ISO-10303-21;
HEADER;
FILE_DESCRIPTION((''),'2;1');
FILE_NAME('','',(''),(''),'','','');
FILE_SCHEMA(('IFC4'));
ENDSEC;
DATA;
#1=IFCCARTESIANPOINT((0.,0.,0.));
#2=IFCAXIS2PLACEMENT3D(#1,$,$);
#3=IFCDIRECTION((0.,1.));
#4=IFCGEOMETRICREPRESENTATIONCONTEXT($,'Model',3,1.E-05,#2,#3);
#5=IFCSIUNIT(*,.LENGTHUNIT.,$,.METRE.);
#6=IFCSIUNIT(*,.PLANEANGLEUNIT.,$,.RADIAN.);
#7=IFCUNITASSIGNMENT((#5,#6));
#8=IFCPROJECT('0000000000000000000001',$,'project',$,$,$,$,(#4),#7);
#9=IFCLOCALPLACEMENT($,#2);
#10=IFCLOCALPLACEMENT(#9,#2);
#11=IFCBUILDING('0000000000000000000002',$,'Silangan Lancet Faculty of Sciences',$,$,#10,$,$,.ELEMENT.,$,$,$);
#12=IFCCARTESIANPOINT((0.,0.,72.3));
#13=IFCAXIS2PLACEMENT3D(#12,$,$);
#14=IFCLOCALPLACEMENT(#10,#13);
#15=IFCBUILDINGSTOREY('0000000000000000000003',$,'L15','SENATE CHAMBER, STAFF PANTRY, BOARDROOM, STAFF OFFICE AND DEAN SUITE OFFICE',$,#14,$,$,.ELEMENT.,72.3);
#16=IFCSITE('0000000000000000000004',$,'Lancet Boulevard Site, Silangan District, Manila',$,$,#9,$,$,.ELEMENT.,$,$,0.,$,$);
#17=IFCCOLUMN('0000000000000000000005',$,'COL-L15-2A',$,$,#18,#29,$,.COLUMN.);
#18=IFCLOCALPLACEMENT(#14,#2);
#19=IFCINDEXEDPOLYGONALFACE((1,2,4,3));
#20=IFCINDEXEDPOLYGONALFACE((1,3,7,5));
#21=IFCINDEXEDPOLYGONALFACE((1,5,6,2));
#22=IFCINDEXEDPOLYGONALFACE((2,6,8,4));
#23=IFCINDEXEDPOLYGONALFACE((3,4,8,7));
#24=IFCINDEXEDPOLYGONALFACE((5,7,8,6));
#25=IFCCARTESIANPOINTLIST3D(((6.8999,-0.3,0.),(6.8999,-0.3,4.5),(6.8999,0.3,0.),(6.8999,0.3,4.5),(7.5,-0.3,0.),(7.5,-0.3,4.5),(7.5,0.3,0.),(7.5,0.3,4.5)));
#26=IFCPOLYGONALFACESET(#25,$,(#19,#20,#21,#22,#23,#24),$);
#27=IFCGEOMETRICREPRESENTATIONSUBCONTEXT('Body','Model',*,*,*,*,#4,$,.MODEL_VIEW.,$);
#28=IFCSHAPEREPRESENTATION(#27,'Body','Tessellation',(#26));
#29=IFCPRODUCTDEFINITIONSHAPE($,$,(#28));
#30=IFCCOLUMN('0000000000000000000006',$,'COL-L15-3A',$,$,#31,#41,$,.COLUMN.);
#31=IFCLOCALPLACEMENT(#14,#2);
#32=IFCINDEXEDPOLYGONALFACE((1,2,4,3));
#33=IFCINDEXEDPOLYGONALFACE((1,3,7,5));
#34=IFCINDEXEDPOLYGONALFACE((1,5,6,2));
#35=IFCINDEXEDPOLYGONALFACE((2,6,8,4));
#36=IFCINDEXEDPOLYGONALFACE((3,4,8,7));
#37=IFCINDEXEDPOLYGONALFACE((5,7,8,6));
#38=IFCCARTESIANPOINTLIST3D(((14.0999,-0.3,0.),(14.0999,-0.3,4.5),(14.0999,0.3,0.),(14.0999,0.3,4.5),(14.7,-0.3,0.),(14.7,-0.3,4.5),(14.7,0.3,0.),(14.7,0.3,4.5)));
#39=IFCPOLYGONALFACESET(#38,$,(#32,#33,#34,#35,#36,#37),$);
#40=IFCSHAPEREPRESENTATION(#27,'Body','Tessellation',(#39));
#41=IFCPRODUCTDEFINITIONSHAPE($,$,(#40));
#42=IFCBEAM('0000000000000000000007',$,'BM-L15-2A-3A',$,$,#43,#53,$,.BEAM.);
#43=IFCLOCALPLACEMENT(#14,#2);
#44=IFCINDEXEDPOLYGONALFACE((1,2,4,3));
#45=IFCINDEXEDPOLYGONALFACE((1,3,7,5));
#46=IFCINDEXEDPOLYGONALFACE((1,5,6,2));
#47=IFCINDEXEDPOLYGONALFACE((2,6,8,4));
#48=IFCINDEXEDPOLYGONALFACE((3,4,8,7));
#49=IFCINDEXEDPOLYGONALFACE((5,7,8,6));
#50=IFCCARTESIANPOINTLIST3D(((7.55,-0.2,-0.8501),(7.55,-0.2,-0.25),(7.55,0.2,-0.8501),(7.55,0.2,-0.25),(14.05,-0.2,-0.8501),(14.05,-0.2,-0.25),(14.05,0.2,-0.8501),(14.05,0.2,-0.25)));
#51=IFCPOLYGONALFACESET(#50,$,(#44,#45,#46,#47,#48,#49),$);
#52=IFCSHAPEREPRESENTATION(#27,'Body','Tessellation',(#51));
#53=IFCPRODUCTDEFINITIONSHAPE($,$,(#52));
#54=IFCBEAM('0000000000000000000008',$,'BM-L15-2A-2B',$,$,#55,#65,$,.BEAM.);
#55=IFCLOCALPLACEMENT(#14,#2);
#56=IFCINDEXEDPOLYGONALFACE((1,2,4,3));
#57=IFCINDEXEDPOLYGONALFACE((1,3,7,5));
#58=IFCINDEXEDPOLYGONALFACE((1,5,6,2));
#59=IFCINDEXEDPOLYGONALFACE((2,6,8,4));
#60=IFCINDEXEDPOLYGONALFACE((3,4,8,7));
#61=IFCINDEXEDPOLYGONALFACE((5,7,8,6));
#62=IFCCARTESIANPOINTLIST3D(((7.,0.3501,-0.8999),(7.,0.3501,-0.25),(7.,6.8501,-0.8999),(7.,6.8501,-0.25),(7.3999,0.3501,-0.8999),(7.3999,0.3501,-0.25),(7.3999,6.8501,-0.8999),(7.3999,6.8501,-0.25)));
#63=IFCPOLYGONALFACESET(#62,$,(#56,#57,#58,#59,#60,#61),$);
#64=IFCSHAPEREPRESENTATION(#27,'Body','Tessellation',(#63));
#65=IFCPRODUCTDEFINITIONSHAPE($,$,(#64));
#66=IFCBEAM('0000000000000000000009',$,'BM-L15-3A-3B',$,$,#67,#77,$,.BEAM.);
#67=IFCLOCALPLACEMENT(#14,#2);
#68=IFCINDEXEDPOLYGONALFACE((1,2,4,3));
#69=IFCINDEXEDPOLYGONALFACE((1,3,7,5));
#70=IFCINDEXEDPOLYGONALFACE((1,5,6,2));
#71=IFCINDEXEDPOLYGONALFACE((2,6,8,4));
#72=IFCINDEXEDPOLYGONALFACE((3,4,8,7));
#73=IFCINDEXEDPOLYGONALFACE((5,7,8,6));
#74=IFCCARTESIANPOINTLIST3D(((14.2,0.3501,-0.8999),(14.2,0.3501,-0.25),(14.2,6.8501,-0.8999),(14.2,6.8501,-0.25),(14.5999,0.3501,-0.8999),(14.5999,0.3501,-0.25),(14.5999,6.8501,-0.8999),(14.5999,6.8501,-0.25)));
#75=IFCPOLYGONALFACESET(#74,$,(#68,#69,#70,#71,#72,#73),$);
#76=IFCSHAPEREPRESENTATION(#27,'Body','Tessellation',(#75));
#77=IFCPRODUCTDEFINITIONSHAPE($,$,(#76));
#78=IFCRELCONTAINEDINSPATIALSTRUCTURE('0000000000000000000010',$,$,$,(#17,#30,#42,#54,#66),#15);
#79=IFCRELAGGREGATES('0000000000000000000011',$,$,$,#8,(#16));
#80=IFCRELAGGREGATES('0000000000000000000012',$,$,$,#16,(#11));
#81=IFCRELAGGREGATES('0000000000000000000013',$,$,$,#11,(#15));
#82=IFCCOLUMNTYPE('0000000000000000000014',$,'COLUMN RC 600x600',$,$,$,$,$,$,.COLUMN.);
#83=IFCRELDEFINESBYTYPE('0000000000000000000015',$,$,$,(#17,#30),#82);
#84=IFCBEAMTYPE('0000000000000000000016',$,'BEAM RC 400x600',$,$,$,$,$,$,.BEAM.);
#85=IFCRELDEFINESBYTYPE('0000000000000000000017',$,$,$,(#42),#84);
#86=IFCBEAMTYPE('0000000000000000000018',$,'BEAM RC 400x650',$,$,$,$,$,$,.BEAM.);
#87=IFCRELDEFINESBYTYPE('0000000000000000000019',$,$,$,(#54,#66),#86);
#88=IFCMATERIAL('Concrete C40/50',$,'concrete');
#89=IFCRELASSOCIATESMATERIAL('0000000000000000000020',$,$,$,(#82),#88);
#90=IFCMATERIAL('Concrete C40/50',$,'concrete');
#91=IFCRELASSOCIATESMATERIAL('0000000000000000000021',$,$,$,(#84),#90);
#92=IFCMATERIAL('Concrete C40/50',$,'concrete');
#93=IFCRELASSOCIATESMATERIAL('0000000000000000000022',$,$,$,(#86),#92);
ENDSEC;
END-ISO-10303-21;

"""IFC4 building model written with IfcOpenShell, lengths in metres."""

from ifc_helpers import new_model, si_unit, direction, frame, origin, origin_2d, place, context, subcontext, project, spatial, rectangle, extrude, material, material_profile, profile_set, type_object, element, save


model = new_model("IFC4")

# Units and contexts
model_context = context("Model", 3, precision=1e-05, world=origin(), true_north=direction((0.0, 1.0)))
body_context = subcontext(model_context, "Body", "Model", "MODEL_VIEW")
ifc_project = project(units=[si_unit("LENGTHUNIT", "METRE"), si_unit("PLANEANGLEUNIT", "RADIAN")], contexts=[model_context])

# Site, building, storey
site_placement = place(None, origin())
site = spatial("IfcSite", under=ifc_project, at=site_placement, Name="Lancet Boulevard Site, Silangan District, Manila", CompositionType="ELEMENT", RefElevation=0.0)
building_placement = place(site_placement, origin())
building = spatial("IfcBuilding", under=site, at=building_placement, Name="Silangan Lancet Faculty of Sciences", CompositionType="ELEMENT")
storey_placement = place(building_placement, frame((0.0, 0.0, 72.3)))
storey = spatial("IfcBuildingStorey", under=building, at=storey_placement, Name="L15", Description="SENATE CHAMBER, STAFF PANTRY, BOARDROOM, STAFF OFFICE AND DEAN SUITE OFFICE", CompositionType="ELEMENT", Elevation=72.3)

# Columns
ifc_material_1 = material(Name="Concrete C40/50", Category="concrete")
ifc_material_profile_1 = material_profile(ifc_material_1, rectangle(XDim=0.6001, YDim=0.6001, at=origin_2d()), Name="RC 600x600")
ifc_profile_set_1 = profile_set([ifc_material_profile_1], Name="Concrete C40/50")
column_type = type_object("IfcColumnType", Name="COLUMN RC 600x600", PredefinedType="COLUMN", material=ifc_profile_set_1)
for number, where, z_axis, x_axis, name in (
    (1, (7.2, 0.0, 0.0), (0.0, 0.0, 1.0), (1.0, 0.0, 0.0), "COL-L15-2A"),
    (2, (14.3999, 0.0, 0.0), (0.0, 0.0, 1.0), (1.0, 0.0, 0.0), "COL-L15-3A"),
):
    element("IfcColumn", number, at=place(storey_placement, frame(where, z_axis=z_axis, x_axis=x_axis)), inside=storey, type_object=column_type, Name=name, PredefinedType="COLUMN", context=body_context, shape_type="SweptSolid", body=[
        extrude(rectangle(XDim=0.6001, YDim=0.6001, at=origin_2d()), origin(), (0.0, 0.0, 1.0), 4.5),
    ])

# Beams
ifc_material_2 = material(Name="Concrete C40/50", Category="concrete")
ifc_material_profile_2 = material_profile(ifc_material_2, rectangle(XDim=0.3999, YDim=0.6001, at=origin_2d()), Name="RC 400x600")
ifc_profile_set_2 = profile_set([ifc_material_profile_2], Name="Concrete C40/50")
beam_type_1 = type_object("IfcBeamType", Name="BEAM RC 400x600", PredefinedType="BEAM", material=ifc_profile_set_2)
beam_placement = place(storey_placement, frame((7.55, 0.0, -0.55), z_axis=(1.0, 0.0, 0.0), x_axis=(0.0, 1.0, 0.0)))
element("IfcBeam", 3, at=beam_placement, inside=storey, type_object=beam_type_1, Name="BM-L15-2A-3A", PredefinedType="BEAM", context=body_context, shape_type="SweptSolid", body=[
    extrude(rectangle(XDim=0.3999, YDim=0.6001, at=origin_2d()), origin(), (0.0, 0.0, 1.0), 6.5),
])
ifc_material_3 = material(Name="Concrete C40/50", Category="concrete")
ifc_material_profile_3 = material_profile(ifc_material_3, rectangle(XDim=0.3999, YDim=0.6499, at=origin_2d()), Name="RC 400x650")
ifc_profile_set_3 = profile_set([ifc_material_profile_3], Name="Concrete C40/50")
beam_type_2 = type_object("IfcBeamType", Name="BEAM RC 400x650", PredefinedType="BEAM", material=ifc_profile_set_3)
for number, where, z_axis, x_axis, name in (
    (4, (7.2, 0.3501, -0.575), (0.0, 1.0, 0.0), (-1.0, 0.0, 0.0), "BM-L15-2A-2B"),
    (5, (14.3999, 0.3501, -0.575), (0.0, 1.0, 0.0), (-1.0, 0.0, 0.0), "BM-L15-3A-3B"),
):
    element("IfcBeam", number, at=place(storey_placement, frame(where, z_axis=z_axis, x_axis=x_axis)), inside=storey, type_object=beam_type_2, Name=name, PredefinedType="BEAM", context=body_context, shape_type="SweptSolid", body=[
        extrude(rectangle(XDim=0.3999, YDim=0.6499, at=origin_2d()), origin(), (0.0, 0.0, 1.0), 6.5),
    ])

save(model, "model.ifc")
